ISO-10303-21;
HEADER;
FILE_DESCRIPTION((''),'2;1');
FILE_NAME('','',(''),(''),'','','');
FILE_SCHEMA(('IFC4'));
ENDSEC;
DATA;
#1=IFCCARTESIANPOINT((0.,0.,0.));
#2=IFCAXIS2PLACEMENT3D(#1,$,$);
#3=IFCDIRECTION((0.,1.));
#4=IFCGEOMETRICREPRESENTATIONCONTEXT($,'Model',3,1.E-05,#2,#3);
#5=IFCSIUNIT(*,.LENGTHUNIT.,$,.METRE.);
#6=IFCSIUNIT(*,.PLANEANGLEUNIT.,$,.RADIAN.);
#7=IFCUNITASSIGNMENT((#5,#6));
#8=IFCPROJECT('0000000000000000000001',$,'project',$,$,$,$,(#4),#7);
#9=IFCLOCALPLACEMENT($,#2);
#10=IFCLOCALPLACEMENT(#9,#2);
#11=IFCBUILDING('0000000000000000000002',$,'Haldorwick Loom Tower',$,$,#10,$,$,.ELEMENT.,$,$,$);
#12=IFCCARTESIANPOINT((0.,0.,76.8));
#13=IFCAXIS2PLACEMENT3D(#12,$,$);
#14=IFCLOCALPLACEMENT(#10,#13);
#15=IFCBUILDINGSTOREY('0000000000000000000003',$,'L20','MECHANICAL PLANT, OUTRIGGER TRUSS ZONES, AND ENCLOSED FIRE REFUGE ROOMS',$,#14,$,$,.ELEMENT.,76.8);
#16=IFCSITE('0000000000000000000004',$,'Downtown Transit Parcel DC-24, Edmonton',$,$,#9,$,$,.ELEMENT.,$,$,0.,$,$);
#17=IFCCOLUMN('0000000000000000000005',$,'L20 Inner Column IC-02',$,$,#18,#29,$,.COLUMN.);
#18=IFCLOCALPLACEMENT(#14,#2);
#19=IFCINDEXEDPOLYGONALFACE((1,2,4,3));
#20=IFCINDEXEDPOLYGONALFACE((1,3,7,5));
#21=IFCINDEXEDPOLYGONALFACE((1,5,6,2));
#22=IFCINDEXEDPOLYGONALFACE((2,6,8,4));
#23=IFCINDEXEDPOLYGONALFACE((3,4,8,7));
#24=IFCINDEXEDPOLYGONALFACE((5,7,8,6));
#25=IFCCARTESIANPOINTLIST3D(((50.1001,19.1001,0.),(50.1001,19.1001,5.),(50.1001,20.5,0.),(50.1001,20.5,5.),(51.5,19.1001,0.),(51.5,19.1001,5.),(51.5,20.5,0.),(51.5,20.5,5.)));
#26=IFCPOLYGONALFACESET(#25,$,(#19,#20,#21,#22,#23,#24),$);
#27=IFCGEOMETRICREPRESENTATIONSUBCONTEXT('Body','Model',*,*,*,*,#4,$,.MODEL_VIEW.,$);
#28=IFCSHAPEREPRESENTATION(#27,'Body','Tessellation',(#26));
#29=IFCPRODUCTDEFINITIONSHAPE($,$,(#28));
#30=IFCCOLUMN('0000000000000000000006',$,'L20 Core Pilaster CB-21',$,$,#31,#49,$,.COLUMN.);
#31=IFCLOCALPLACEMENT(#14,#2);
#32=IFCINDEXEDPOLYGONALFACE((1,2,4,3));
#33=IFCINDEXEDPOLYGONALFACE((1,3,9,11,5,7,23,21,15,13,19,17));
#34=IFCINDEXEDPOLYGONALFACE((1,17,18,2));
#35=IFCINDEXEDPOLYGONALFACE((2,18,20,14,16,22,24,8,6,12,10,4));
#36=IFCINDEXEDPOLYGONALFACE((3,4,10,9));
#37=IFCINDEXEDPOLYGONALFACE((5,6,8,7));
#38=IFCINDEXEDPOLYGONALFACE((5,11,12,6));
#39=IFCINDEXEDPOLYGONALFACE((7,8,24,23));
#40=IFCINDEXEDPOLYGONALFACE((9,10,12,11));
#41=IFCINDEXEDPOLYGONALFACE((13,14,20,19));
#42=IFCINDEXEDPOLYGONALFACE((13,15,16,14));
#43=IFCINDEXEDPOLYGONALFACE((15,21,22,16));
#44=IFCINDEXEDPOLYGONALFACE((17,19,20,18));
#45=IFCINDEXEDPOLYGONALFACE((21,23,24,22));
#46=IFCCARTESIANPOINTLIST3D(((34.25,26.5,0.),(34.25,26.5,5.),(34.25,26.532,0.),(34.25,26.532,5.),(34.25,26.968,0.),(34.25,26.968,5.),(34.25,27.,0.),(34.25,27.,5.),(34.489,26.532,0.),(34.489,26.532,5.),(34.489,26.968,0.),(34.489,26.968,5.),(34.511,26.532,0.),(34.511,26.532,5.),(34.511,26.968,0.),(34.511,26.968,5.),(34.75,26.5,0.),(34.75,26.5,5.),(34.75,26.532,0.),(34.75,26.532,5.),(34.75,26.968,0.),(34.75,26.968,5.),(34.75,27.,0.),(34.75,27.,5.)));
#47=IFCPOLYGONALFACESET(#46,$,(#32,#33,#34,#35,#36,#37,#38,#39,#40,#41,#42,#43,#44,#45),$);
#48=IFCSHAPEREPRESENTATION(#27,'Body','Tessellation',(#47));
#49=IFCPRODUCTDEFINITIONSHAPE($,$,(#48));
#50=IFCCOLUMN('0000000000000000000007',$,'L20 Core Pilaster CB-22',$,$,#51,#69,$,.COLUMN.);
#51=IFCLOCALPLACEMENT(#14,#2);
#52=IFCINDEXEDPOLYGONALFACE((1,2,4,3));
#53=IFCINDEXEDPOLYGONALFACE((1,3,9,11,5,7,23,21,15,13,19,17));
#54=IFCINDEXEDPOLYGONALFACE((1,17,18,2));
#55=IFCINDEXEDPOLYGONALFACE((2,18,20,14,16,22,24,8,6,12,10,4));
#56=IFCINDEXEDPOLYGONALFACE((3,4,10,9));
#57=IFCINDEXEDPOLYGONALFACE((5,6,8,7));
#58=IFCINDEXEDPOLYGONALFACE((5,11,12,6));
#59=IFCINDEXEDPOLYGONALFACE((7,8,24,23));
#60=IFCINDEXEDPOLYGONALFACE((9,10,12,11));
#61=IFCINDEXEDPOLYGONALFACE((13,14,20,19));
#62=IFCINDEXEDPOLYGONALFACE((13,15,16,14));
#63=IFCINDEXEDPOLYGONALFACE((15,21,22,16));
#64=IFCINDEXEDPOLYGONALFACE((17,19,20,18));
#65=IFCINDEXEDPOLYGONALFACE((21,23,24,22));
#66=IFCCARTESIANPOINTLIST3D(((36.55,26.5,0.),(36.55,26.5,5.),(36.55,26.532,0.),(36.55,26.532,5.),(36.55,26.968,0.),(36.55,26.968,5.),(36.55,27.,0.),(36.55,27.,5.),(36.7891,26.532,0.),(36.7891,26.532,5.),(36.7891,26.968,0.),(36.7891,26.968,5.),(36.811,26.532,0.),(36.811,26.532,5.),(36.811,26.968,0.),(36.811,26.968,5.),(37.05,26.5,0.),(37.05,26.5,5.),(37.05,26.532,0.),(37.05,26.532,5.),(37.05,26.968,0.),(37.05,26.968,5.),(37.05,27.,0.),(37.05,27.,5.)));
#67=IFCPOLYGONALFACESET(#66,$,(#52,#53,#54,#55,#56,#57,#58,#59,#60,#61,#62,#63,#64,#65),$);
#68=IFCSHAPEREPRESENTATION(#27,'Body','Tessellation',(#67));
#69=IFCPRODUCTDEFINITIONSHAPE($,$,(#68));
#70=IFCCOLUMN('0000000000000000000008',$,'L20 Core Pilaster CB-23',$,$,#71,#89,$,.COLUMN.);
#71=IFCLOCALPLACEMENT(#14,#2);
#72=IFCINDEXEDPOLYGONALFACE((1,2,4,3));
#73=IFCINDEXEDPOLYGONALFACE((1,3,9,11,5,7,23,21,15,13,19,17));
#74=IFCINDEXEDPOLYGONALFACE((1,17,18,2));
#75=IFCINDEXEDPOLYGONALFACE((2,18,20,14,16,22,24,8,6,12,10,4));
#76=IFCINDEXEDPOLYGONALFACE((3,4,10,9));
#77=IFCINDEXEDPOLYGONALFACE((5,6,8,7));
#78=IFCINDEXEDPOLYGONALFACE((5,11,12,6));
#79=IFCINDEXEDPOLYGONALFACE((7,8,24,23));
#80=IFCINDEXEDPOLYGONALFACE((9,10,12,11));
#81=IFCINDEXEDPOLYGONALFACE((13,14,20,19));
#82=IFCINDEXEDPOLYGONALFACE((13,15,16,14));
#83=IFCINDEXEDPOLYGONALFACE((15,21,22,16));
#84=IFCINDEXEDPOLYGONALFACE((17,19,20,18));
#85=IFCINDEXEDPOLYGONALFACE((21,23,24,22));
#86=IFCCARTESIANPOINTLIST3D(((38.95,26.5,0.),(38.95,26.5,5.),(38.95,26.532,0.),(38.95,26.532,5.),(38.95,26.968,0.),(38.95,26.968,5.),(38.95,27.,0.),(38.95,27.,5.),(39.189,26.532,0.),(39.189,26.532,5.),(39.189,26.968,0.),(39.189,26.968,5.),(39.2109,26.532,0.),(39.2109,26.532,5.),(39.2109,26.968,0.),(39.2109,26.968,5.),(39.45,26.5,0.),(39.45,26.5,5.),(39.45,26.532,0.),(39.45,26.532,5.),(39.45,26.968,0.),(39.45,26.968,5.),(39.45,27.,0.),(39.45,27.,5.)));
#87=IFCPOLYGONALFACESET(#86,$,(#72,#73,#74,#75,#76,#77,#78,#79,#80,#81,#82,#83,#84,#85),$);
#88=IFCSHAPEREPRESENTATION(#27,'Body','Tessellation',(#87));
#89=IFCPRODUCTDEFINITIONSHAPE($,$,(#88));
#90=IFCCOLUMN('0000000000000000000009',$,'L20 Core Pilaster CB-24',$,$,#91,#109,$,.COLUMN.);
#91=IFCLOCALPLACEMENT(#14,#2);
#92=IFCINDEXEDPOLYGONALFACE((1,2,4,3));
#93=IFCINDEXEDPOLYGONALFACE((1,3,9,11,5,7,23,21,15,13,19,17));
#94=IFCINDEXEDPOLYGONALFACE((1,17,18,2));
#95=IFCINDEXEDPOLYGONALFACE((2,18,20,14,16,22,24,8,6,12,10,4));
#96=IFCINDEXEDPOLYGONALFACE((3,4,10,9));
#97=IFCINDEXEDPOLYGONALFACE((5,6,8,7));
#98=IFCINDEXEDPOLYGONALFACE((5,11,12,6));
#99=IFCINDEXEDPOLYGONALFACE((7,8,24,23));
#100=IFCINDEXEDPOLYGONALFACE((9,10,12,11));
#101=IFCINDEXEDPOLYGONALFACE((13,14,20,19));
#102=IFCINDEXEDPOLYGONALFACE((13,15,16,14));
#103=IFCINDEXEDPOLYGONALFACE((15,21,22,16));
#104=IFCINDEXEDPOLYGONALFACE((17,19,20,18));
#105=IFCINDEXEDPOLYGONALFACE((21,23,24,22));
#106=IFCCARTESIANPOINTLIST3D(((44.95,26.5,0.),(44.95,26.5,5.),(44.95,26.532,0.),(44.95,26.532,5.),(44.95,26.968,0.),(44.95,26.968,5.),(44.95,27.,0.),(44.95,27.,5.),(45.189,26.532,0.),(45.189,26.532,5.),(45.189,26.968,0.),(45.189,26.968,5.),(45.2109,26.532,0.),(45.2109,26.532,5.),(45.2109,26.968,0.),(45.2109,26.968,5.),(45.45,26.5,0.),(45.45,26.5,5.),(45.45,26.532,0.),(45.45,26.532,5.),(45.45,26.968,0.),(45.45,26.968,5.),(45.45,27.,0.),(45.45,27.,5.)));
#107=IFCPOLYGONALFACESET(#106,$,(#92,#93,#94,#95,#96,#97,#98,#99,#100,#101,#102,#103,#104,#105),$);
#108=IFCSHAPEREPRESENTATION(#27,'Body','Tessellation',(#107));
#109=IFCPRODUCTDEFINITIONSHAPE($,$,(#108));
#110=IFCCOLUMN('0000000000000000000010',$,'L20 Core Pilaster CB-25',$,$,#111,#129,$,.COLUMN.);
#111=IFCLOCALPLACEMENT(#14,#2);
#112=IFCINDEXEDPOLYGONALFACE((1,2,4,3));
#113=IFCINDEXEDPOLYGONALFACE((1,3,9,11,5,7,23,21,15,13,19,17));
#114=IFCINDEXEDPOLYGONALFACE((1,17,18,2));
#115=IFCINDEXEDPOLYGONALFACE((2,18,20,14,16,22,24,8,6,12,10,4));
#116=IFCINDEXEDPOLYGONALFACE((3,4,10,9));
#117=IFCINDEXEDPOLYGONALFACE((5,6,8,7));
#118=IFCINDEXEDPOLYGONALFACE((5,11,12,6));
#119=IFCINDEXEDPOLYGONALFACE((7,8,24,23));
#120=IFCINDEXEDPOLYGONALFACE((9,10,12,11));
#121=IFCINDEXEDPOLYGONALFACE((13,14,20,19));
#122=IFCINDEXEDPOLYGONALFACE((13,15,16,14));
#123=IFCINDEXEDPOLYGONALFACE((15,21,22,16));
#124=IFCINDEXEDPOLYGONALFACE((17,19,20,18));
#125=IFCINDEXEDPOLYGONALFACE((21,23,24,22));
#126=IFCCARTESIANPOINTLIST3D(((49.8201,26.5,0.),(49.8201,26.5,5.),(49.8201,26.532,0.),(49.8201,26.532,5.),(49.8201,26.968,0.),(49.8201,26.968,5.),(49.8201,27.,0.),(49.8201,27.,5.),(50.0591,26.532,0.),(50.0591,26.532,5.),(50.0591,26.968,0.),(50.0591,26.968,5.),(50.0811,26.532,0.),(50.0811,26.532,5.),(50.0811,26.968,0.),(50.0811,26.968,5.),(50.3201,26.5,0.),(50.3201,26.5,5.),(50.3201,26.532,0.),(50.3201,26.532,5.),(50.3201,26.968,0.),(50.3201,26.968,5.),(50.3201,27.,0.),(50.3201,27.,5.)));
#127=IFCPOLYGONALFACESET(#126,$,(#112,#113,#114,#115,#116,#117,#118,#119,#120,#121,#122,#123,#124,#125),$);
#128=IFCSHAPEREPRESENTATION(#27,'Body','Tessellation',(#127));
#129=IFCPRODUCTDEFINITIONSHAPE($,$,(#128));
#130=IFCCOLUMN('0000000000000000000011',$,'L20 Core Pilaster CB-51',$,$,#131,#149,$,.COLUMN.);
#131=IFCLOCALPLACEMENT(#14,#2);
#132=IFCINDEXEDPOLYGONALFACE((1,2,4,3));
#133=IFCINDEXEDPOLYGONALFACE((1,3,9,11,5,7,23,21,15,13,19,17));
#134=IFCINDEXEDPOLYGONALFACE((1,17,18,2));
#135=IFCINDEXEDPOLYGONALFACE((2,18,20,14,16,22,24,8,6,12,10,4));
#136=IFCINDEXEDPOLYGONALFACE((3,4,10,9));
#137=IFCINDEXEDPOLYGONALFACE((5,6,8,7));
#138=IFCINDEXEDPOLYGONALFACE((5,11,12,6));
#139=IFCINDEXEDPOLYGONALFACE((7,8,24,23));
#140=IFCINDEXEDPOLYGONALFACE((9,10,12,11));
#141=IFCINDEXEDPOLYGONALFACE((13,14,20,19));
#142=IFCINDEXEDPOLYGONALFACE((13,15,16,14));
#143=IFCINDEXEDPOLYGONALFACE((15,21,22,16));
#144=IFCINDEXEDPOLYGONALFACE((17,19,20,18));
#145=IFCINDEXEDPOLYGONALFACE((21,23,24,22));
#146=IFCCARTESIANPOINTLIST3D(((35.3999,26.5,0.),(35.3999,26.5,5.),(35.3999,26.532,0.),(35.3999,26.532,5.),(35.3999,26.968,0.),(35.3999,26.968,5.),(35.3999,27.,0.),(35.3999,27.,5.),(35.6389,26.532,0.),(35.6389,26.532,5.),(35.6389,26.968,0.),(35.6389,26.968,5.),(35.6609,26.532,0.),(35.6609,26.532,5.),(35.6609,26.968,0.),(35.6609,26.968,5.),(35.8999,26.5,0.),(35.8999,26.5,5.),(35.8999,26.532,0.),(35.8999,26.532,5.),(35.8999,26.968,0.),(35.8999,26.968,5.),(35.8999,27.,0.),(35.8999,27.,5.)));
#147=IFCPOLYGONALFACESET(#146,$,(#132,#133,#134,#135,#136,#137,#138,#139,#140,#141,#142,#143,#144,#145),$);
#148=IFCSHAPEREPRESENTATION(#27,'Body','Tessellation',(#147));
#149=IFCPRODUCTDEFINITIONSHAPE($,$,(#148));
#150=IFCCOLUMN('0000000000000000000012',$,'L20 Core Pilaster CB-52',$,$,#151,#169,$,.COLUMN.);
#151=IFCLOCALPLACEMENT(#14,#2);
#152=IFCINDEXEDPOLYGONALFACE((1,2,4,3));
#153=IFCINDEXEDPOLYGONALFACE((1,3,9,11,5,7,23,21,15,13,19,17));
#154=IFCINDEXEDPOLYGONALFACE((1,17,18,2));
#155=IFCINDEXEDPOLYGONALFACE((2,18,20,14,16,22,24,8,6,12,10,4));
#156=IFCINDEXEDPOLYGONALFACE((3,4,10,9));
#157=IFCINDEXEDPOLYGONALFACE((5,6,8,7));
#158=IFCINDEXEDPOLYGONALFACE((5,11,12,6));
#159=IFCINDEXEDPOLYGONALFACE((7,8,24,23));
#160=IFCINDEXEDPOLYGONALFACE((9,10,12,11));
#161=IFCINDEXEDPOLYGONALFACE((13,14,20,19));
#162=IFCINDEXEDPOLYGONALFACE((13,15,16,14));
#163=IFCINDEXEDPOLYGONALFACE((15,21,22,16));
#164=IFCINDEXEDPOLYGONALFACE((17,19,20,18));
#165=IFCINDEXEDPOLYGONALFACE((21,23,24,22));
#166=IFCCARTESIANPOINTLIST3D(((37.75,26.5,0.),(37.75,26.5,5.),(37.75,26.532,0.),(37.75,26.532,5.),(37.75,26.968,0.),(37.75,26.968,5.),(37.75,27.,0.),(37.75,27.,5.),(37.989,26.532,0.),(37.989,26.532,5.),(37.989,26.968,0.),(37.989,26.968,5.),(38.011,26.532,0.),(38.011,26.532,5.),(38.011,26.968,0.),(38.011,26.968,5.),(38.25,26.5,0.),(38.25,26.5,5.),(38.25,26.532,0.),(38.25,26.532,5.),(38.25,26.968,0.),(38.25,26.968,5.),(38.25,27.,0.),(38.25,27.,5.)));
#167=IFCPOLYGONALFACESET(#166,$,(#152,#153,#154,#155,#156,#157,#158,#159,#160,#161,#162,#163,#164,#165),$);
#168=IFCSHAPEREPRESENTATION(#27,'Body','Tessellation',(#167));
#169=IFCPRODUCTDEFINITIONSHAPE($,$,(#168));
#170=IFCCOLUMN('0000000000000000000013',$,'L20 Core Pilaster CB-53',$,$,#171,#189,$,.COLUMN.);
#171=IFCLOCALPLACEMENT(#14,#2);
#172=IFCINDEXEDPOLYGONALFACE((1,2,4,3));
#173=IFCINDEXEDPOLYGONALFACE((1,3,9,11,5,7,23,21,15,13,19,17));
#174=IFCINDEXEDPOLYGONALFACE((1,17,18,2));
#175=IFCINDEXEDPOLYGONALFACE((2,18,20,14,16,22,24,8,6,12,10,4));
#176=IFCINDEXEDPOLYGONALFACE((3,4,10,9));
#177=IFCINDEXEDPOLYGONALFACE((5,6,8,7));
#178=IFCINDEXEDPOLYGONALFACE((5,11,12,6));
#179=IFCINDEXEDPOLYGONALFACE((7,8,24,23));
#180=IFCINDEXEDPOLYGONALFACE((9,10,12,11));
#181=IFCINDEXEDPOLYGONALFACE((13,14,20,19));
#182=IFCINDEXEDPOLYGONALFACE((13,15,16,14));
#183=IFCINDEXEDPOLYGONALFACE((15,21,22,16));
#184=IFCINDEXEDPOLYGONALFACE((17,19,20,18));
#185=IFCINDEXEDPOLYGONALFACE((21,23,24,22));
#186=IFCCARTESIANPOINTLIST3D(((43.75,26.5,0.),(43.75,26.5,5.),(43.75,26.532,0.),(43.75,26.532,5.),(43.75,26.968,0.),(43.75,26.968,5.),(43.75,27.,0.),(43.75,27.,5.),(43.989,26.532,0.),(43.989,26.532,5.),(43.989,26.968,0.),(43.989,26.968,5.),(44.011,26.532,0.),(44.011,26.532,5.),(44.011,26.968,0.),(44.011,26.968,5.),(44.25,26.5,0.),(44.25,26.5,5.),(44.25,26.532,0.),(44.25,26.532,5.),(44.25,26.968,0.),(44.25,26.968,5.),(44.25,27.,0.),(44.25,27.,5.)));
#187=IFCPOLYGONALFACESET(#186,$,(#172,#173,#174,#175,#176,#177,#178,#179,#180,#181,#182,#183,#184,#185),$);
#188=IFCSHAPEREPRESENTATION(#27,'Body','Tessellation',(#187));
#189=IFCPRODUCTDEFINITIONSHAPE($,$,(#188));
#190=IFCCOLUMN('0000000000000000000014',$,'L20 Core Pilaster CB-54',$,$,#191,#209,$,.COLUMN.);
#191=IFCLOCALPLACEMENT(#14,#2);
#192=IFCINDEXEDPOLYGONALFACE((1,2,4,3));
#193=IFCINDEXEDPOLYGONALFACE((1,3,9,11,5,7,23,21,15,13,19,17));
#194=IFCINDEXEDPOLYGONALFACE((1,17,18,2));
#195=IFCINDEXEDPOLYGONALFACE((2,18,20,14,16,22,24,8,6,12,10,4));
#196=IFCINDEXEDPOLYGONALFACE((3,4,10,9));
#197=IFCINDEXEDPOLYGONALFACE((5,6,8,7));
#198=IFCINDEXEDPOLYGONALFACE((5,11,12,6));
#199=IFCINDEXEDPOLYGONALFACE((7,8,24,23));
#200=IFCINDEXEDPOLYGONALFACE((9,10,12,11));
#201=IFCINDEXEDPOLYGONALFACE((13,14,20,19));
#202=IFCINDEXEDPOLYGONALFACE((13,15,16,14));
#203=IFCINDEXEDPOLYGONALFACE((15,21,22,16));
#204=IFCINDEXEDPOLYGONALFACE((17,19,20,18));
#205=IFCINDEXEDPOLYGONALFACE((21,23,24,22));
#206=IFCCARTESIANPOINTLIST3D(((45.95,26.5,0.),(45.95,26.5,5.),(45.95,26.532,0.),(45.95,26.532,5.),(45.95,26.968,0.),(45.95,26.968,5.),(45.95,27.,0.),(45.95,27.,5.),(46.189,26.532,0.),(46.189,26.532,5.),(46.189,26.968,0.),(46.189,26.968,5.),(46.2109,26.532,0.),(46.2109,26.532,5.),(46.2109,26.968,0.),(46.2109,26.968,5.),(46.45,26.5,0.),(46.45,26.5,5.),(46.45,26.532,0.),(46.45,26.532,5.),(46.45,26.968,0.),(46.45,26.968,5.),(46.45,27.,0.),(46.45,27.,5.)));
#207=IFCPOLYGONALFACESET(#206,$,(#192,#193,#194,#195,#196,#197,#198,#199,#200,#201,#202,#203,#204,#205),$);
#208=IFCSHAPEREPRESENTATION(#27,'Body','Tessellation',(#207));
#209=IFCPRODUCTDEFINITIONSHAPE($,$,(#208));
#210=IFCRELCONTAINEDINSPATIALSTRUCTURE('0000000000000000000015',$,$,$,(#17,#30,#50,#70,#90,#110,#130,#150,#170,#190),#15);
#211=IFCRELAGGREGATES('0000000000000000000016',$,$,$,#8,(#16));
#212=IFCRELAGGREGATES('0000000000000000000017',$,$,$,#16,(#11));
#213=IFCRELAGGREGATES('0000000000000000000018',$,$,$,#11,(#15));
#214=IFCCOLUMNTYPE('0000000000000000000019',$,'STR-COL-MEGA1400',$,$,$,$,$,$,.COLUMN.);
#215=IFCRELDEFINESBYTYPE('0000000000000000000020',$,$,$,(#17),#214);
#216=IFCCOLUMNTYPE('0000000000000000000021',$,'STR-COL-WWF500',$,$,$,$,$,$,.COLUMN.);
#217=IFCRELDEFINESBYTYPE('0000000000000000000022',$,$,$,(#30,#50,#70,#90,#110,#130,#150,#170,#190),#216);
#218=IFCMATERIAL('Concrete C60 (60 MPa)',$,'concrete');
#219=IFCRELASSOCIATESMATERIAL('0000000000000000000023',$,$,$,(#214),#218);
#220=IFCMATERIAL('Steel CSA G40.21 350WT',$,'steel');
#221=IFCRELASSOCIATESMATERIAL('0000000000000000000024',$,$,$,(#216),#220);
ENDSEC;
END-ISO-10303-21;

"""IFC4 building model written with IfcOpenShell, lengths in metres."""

from ifc_helpers import new_model, si_unit, direction, frame, origin, origin_2d, place, context, subcontext, project, spatial, rectangle, i_section, extrude, material, material_profile, profile_set, type_object, element, save


model = new_model("IFC4")

# Units and contexts
model_context = context("Model", 3, precision=1e-05, world=origin(), true_north=direction((0.0, 1.0)))
body_context = subcontext(model_context, "Body", "Model", "MODEL_VIEW")
ifc_project = project(units=[si_unit("LENGTHUNIT", "METRE"), si_unit("PLANEANGLEUNIT", "RADIAN")], contexts=[model_context])

# Site, building, storey
site_placement = place(None, origin())
site = spatial("IfcSite", under=ifc_project, at=site_placement, Name="Downtown Transit Parcel DC-24, Edmonton", CompositionType="ELEMENT", RefElevation=0.0)
building_placement = place(site_placement, origin())
building = spatial("IfcBuilding", under=site, at=building_placement, Name="Haldorwick Loom Tower", CompositionType="ELEMENT")
storey_placement = place(building_placement, frame((0.0, 0.0, 76.8)))
storey = spatial("IfcBuildingStorey", under=building, at=storey_placement, Name="L20", Description="MECHANICAL PLANT, OUTRIGGER TRUSS ZONES, AND ENCLOSED FIRE REFUGE ROOMS", CompositionType="ELEMENT", Elevation=76.8)

# Columns
ifc_material_1 = material(Name="Concrete C60 (60 MPa)", Category="concrete")
ifc_material_profile_1 = material_profile(ifc_material_1, rectangle(XDim=1.3999, YDim=1.3999, at=origin_2d()), Name="RC1400X1400", Category="concrete")
ifc_profile_set_1 = profile_set([ifc_material_profile_1], Name="Concrete C60 (60 MPa)")
column_type_1 = type_object("IfcColumnType", Name="STR-COL-MEGA1400", PredefinedType="COLUMN", material=ifc_profile_set_1)
column_placement = place(storey_placement, frame((50.8, 19.8, 0.0), z_axis=(0.0, 0.0, 1.0), x_axis=(1.0, 0.0, 0.0)))
element("IfcColumn", 1, at=column_placement, inside=storey, type_object=column_type_1, Name="L20 Inner Column IC-02", PredefinedType="COLUMN", context=body_context, shape_type="SweptSolid", body=[
    extrude(rectangle(XDim=1.3999, YDim=1.3999, at=origin_2d()), origin(), (0.0, 0.0, 1.0), 5.0),
])
ifc_material_2 = material(Name="Steel CSA G40.21 350WT", Category="steel")
ifc_material_profile_2 = material_profile(ifc_material_2, i_section(OverallWidth=0.5, OverallDepth=0.5, WebThickness=0.022, FlangeThickness=0.032, at=origin_2d()), Name="WWF500X500", Category="steel")
ifc_profile_set_2 = profile_set([ifc_material_profile_2], Name="Steel CSA G40.21 350WT")
column_type_2 = type_object("IfcColumnType", Name="STR-COL-WWF500", PredefinedType="COLUMN", material=ifc_profile_set_2)
for number, where, z_axis, x_axis, name in (
    (2, (34.5, 26.75, 0.0), (0.0, 0.0, 1.0), (1.0, 0.0, 0.0), "L20 Core Pilaster CB-21"),
    (3, (36.8, 26.75, 0.0), (0.0, 0.0, 1.0), (1.0, 0.0, 0.0), "L20 Core Pilaster CB-22"),
    (4, (39.2, 26.75, 0.0), (0.0, 0.0, 1.0), (1.0, 0.0, 0.0), "L20 Core Pilaster CB-23"),
    (5, (45.2, 26.75, 0.0), (0.0, 0.0, 1.0), (1.0, 0.0, 0.0), "L20 Core Pilaster CB-24"),
    (6, (50.0701, 26.75, 0.0), (0.0, 0.0, 1.0), (1.0, 0.0, 0.0), "L20 Core Pilaster CB-25"),
    (7, (35.6499, 26.75, 0.0), (0.0, 0.0, 1.0), (1.0, 0.0, 0.0), "L20 Core Pilaster CB-51"),
    (8, (38.0, 26.75, 0.0), (0.0, 0.0, 1.0), (1.0, 0.0, 0.0), "L20 Core Pilaster CB-52"),
    (9, (44.0, 26.75, 0.0), (0.0, 0.0, 1.0), (1.0, 0.0, 0.0), "L20 Core Pilaster CB-53"),
    (10, (46.2, 26.75, 0.0), (0.0, 0.0, 1.0), (1.0, 0.0, 0.0), "L20 Core Pilaster CB-54"),
):
    element("IfcColumn", number, at=place(storey_placement, frame(where, z_axis=z_axis, x_axis=x_axis)), inside=storey, type_object=column_type_2, Name=name, PredefinedType="COLUMN", context=body_context, shape_type="SweptSolid", body=[
        extrude(i_section(OverallWidth=0.5, OverallDepth=0.5, WebThickness=0.022, FlangeThickness=0.032, at=origin_2d()), origin(), (0.0, 0.0, 1.0), 5.0),
    ])

save(model, "model.ifc")
